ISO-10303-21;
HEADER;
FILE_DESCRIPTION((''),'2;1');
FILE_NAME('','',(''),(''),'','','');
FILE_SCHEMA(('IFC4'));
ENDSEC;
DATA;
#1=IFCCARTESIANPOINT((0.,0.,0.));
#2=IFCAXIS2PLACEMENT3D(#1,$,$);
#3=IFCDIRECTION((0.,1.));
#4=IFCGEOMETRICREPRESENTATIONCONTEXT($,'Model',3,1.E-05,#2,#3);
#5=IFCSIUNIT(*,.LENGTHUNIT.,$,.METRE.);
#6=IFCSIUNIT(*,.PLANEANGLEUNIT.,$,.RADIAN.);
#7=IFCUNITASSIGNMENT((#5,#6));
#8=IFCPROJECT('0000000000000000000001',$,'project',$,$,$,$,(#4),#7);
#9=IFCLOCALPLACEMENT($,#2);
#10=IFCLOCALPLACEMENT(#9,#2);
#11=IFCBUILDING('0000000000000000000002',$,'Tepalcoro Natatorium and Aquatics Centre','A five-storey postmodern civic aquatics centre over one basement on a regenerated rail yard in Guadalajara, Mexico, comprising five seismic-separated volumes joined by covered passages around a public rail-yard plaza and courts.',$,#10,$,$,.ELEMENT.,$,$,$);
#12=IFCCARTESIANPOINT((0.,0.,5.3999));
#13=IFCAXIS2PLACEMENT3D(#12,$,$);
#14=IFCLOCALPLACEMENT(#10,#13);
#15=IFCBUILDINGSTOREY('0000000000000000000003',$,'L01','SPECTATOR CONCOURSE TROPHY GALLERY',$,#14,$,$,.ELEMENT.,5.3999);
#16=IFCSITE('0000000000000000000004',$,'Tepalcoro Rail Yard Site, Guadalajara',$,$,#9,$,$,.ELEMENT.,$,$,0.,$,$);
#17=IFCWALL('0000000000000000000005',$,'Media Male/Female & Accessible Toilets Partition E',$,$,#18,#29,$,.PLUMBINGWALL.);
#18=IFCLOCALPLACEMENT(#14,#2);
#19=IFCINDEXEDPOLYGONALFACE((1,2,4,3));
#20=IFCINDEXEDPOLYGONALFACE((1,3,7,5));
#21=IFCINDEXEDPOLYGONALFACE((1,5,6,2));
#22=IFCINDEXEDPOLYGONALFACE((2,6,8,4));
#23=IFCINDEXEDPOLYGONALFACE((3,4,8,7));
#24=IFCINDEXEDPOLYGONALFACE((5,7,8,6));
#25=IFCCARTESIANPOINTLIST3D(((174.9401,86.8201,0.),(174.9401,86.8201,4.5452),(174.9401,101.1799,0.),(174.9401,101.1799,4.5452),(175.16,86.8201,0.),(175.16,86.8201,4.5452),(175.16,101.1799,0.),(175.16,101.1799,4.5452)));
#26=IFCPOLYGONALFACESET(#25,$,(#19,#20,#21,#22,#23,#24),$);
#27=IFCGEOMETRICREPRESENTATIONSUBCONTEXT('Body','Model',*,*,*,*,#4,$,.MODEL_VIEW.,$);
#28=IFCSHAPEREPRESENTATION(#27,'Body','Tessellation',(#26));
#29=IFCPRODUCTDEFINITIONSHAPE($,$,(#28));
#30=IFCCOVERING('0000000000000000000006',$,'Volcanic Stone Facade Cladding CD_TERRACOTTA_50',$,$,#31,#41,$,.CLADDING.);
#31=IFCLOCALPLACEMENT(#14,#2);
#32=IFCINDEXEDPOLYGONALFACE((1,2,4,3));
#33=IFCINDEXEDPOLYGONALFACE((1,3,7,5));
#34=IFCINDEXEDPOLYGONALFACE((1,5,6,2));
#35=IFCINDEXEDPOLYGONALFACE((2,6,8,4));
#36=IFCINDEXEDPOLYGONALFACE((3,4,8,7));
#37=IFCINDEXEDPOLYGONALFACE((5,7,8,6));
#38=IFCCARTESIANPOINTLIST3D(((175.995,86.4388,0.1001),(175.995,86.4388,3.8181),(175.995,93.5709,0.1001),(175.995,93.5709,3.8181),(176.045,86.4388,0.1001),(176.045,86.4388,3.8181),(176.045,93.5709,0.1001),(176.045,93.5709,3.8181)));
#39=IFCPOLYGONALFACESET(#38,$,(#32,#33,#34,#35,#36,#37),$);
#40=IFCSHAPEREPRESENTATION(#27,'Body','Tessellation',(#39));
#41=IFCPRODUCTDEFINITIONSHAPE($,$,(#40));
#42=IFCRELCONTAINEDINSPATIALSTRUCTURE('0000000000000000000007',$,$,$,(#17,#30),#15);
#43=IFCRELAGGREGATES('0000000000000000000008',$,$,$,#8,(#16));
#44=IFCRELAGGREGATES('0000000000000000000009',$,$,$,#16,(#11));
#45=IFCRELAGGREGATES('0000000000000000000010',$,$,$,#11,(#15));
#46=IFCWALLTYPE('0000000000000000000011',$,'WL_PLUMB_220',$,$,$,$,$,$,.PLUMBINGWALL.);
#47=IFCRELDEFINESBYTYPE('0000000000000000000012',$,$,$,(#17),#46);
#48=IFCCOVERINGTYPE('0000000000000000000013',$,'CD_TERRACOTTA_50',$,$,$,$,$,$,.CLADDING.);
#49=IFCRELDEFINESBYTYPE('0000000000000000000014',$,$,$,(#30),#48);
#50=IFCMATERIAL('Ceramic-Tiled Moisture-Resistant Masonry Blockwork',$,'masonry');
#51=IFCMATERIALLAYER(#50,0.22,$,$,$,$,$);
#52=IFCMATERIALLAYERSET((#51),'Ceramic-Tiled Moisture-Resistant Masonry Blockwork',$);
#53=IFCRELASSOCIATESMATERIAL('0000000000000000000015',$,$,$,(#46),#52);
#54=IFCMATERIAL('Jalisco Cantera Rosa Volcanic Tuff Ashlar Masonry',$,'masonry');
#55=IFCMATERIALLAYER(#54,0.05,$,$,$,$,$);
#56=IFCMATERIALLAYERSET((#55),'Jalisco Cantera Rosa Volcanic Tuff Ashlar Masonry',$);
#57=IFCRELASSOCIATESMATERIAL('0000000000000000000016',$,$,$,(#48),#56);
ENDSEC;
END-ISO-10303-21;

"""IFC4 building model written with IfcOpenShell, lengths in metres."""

from ifc_helpers import new_model, si_unit, direction, frame, frame_2d, origin, origin_2d, place, context, subcontext, project, spatial, rectangle, extrude, material, layer, layer_set, type_object, element, save


model = new_model("IFC4")

# Units and contexts
model_context = context("Model", 3, precision=1e-05, world=origin(), true_north=direction((0.0, 1.0)))
body_context = subcontext(model_context, "Body", "Model", "MODEL_VIEW")
ifc_project = project(units=[si_unit("LENGTHUNIT", "METRE"), si_unit("PLANEANGLEUNIT", "RADIAN")], contexts=[model_context])

# Site, building, storey
site_placement = place(None, origin())
site = spatial("IfcSite", under=ifc_project, at=site_placement, Name="Tepalcoro Rail Yard Site, Guadalajara", CompositionType="ELEMENT", RefElevation=0.0)
building_placement = place(site_placement, origin())
building = spatial("IfcBuilding", under=site, at=building_placement, Name="Tepalcoro Natatorium and Aquatics Centre", Description="A five-storey postmodern civic aquatics centre over one basement on a regenerated rail yard in Guadalajara, Mexico, comprising five seismic-separated volumes joined by covered passages around a public rail-yard plaza and courts.", CompositionType="ELEMENT")
storey_placement = place(building_placement, frame((0.0, 0.0, 5.3999)))
storey = spatial("IfcBuildingStorey", under=building, at=storey_placement, Name="L01", Description="SPECTATOR CONCOURSE TROPHY GALLERY", CompositionType="ELEMENT", Elevation=5.3999)

# Wall
ifc_material_1 = material(Name="Jalisco Cantera Rosa Volcanic Tuff Ashlar Masonry", Category="masonry")
ifc_material_2 = material(Name="Ceramic-Tiled Moisture-Resistant Masonry Blockwork", Category="masonry")
ifc_layer_1 = layer(ifc_material_2, 0.22)
ifc_layer_set_1 = layer_set([ifc_layer_1], Name="Ceramic-Tiled Moisture-Resistant Masonry Blockwork")
wall_type_1 = type_object("IfcWallType", Name="WL_PLUMB_220", PredefinedType="PLUMBINGWALL", material=ifc_layer_set_1)
wall_1_placement = place(storey_placement, frame((175.05, 86.8201, 0.0), z_axis=(0.0, 0.0, 1.0), x_axis=(0.0, 1.0, 0.0)))
element("IfcWall", 1, at=wall_1_placement, inside=storey, type_object=wall_type_1, Name="Media Male/Female & Accessible Toilets Partition E", PredefinedType="PLUMBINGWALL", context=body_context, shape_type="SweptSolid", body=[
    extrude(rectangle(XDim=14.3599, YDim=0.22, at=frame_2d((7.1799, 0.0))), origin(), (0.0, 0.0, 1.0), 4.5452),
])

# Covering
ifc_layer_2 = layer(ifc_material_1, 0.05)
ifc_layer_set_2 = layer_set([ifc_layer_2], Name="Jalisco Cantera Rosa Volcanic Tuff Ashlar Masonry")
covering_type = type_object("IfcCoveringType", Name="CD_TERRACOTTA_50", PredefinedType="CLADDING", material=ifc_layer_set_2)
covering_placement = place(storey_placement, frame((176.02, 90.0049, 0.1001), z_axis=(0.0, 0.0, 1.0), x_axis=(1.0, 0.0, 0.0)))
element("IfcCovering", 2, at=covering_placement, inside=storey, type_object=covering_type, Name="Volcanic Stone Facade Cladding CD_TERRACOTTA_50", PredefinedType="CLADDING", context=body_context, shape_type="SweptSolid", body=[
    extrude(rectangle(XDim=0.05, YDim=7.1321, at=origin_2d()), origin(), (0.0, 0.0, 1.0), 3.718),
])

save(model, "model.ifc")
